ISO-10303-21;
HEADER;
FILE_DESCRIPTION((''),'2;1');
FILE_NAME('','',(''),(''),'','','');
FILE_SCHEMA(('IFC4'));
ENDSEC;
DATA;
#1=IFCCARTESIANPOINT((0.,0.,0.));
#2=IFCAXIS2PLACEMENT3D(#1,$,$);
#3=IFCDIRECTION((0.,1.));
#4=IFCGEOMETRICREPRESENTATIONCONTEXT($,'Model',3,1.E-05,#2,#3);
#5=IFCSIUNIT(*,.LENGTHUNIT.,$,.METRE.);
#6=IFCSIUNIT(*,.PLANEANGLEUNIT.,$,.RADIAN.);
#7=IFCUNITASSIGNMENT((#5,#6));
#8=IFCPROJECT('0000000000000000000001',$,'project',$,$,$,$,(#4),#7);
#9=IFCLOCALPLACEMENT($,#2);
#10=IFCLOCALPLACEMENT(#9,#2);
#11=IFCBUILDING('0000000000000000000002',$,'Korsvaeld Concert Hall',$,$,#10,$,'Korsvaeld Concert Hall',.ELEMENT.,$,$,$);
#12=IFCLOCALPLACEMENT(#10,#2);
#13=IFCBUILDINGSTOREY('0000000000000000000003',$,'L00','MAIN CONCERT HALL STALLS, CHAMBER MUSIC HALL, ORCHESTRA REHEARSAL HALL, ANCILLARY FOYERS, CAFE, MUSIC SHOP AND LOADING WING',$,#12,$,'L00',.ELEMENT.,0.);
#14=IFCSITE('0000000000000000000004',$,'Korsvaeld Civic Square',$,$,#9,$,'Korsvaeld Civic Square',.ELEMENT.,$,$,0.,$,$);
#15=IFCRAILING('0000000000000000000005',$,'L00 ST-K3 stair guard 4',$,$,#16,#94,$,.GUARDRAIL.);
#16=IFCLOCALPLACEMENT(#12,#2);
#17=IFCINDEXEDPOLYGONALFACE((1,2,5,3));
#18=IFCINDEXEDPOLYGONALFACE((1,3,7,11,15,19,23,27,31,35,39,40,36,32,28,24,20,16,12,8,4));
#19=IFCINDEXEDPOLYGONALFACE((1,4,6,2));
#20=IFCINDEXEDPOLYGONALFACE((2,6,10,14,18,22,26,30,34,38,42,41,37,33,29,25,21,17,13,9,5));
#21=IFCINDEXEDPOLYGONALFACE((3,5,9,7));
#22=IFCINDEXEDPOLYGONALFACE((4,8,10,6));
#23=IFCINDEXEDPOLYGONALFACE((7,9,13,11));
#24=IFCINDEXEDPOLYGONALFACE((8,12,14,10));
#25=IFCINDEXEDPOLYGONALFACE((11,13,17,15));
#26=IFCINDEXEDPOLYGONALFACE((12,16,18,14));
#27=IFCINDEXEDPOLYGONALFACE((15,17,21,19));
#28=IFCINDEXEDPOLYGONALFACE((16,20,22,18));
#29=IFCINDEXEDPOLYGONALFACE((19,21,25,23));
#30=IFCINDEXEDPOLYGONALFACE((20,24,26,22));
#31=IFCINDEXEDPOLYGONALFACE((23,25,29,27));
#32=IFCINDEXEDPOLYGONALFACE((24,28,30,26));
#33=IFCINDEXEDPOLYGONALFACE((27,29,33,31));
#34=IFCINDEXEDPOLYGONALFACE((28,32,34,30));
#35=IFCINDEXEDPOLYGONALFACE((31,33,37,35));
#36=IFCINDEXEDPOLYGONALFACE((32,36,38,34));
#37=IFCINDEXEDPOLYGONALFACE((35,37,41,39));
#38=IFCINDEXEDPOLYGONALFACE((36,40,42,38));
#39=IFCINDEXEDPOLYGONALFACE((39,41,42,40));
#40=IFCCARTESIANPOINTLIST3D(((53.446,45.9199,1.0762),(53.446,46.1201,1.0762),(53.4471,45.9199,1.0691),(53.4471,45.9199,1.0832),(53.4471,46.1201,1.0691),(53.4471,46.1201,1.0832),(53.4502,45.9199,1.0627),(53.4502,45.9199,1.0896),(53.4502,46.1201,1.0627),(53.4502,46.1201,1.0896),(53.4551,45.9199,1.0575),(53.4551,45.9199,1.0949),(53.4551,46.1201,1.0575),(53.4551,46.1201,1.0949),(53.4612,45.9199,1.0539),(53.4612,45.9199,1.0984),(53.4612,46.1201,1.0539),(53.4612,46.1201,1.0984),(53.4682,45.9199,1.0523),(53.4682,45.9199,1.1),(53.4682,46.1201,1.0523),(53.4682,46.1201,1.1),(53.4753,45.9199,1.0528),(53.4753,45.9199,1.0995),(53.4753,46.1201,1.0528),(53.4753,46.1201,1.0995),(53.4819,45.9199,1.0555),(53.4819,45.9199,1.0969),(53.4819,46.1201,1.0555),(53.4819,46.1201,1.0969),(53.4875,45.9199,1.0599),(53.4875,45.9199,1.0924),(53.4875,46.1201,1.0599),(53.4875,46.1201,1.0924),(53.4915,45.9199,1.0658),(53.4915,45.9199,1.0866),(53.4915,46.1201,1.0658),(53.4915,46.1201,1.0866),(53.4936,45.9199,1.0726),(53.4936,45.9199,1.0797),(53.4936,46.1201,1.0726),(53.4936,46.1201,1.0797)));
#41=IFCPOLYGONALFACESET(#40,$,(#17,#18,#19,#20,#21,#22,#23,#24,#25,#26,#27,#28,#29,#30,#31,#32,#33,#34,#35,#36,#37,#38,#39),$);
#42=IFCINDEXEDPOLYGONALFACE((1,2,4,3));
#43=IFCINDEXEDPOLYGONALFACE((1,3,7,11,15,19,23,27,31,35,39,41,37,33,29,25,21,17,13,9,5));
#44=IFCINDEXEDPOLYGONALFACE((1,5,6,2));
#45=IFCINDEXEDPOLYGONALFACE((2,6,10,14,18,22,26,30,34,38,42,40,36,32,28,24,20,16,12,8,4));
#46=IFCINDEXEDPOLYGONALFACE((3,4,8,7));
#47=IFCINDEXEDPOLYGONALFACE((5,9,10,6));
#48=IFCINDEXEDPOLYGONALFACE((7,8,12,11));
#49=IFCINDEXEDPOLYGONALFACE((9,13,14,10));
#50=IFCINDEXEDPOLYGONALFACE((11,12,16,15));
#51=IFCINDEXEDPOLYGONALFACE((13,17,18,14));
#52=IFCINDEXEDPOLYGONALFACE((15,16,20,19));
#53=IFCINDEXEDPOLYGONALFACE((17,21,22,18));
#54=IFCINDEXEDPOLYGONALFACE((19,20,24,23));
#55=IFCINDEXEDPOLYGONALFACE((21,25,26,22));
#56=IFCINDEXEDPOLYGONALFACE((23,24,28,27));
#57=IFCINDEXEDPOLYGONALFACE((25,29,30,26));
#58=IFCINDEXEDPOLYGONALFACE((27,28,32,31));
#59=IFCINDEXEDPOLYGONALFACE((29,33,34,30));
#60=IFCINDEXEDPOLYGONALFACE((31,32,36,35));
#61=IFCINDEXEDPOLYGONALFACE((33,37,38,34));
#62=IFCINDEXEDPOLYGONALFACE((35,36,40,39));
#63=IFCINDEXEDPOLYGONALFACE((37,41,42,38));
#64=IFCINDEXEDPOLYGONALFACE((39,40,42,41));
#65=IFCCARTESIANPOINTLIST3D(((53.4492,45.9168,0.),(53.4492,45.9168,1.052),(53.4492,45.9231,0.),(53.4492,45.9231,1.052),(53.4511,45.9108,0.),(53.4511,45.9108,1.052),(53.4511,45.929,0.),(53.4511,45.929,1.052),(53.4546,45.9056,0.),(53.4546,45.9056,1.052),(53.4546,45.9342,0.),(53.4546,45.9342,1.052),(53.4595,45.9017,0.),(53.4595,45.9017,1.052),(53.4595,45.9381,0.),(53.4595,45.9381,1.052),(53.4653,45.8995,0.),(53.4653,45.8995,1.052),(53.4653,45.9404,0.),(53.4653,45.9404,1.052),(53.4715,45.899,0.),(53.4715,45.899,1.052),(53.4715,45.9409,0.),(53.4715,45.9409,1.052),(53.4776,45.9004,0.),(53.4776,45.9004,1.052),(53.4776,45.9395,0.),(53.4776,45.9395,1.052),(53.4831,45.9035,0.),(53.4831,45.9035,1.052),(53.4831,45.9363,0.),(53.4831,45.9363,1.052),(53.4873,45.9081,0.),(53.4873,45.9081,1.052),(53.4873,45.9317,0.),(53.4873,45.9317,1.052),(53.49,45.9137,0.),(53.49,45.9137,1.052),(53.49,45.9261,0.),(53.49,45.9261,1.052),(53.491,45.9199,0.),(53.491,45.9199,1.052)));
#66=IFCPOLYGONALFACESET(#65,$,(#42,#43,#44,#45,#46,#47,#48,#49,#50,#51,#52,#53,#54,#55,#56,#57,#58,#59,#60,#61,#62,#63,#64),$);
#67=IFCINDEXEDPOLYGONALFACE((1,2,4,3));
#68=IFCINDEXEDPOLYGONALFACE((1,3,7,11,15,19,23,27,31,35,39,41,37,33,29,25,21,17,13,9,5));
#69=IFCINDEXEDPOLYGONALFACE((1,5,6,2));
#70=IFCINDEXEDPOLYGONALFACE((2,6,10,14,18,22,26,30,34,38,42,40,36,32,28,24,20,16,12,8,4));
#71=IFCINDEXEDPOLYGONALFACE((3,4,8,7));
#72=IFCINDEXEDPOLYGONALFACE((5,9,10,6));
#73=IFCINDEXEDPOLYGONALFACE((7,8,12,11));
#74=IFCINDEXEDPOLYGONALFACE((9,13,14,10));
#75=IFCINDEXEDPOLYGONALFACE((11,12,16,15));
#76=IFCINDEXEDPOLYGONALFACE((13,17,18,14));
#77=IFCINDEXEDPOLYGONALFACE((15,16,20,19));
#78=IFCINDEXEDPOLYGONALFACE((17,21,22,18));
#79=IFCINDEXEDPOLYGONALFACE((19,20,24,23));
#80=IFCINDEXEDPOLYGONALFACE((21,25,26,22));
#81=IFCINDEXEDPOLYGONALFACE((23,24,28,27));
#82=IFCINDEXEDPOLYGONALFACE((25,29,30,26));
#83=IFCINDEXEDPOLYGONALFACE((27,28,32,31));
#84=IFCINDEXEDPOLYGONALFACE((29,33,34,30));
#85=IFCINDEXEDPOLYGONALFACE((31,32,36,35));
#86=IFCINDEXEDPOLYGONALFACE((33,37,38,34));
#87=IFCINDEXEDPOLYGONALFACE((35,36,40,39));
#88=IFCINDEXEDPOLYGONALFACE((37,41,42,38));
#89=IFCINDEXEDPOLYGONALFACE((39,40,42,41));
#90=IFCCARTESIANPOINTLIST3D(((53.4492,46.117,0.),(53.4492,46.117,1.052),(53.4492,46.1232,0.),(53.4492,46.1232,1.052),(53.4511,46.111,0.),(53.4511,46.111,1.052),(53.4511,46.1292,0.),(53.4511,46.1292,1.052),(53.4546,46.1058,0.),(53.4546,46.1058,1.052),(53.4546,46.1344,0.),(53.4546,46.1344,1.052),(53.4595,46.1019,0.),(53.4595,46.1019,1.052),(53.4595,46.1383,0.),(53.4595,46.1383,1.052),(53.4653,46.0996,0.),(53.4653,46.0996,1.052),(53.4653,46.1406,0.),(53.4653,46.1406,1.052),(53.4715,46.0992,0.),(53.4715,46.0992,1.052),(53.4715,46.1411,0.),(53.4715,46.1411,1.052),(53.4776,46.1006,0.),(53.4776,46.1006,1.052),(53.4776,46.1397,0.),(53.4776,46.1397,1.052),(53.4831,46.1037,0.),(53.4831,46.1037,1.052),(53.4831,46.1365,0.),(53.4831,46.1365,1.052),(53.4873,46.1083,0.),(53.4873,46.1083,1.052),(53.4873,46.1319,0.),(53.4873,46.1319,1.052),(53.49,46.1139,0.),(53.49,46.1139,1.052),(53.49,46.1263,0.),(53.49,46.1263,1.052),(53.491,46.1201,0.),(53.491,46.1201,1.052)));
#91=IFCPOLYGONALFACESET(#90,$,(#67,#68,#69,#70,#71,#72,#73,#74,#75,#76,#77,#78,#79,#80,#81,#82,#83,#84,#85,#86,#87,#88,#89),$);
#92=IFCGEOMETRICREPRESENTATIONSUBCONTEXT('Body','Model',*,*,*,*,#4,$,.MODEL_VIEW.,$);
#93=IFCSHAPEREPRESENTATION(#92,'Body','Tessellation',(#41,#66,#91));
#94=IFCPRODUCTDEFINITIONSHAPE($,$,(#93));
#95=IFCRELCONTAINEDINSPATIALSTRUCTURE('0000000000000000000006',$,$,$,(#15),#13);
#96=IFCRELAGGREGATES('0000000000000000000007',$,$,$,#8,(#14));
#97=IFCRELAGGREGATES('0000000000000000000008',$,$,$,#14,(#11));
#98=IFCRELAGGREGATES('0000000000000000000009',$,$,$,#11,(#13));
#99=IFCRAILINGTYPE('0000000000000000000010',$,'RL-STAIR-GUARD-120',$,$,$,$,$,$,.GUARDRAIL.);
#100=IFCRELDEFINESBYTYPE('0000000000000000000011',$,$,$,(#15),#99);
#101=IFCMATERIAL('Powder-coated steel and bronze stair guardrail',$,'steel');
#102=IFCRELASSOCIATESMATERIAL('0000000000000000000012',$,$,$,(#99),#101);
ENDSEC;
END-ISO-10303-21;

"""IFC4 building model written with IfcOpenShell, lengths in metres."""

from ifc_helpers import new_model, si_unit, direction, frame, origin, origin_2d, place, context, subcontext, project, spatial, circle, extrude, material, type_object, element, save


model = new_model("IFC4")

# Units and contexts
model_context = context("Model", 3, precision=1e-05, world=origin(), true_north=direction((0.0, 1.0)))
body_context = subcontext(model_context, "Body", "Model", "MODEL_VIEW")
ifc_project = project(units=[si_unit("LENGTHUNIT", "METRE"), si_unit("PLANEANGLEUNIT", "RADIAN")], contexts=[model_context])

# Site, building, storey
site_placement = place(None, origin())
site = spatial("IfcSite", under=ifc_project, at=site_placement, Name="Korsvaeld Civic Square", LongName="Korsvaeld Civic Square", CompositionType="ELEMENT", RefElevation=0.0)
building_placement = place(site_placement, origin())
building = spatial("IfcBuilding", under=site, at=building_placement, Name="Korsvaeld Concert Hall", LongName="Korsvaeld Concert Hall", CompositionType="ELEMENT")
storey_placement = place(building_placement, origin())
storey = spatial("IfcBuildingStorey", under=building, at=storey_placement, Name="L00", Description="MAIN CONCERT HALL STALLS, CHAMBER MUSIC HALL, ORCHESTRA REHEARSAL HALL, ANCILLARY FOYERS, CAFE, MUSIC SHOP AND LOADING WING", LongName="L00", CompositionType="ELEMENT", Elevation=0.0)

# Railing
ifc_material_1 = material(Name="Powder-coated steel and bronze stair guardrail", Category="steel")
railing_type_1 = type_object("IfcRailingType", Name="RL-STAIR-GUARD-120", PredefinedType="GUARDRAIL", material=ifc_material_1)
railing_1_placement = place(storey_placement, frame((53.47, 45.9199, 0.0)))
element("IfcRailing", 1, at=railing_1_placement, inside=storey, type_object=railing_type_1, Name="L00 ST-K3 stair guard 4", PredefinedType="GUARDRAIL", context=body_context, shape_type="SweptSolid", body=[
    extrude(circle(Radius=0.0239, at=origin_2d()), frame((0.0, 0.0, 1.0762), z_axis=(0.0, 1.0, 0.0), x_axis=(-1.0, 0.0, 0.0)), (0.0, 0.0, 1.0), 0.2002),
    extrude(circle(Radius=0.021, at=origin_2d()), origin(), (0.0, 0.0, 1.0), 1.052),
    extrude(circle(Radius=0.021, at=origin_2d()), frame((0.0, 0.2002, 0.0)), (0.0, 0.0, 1.0), 1.052),
])

save(model, "model.ifc")
